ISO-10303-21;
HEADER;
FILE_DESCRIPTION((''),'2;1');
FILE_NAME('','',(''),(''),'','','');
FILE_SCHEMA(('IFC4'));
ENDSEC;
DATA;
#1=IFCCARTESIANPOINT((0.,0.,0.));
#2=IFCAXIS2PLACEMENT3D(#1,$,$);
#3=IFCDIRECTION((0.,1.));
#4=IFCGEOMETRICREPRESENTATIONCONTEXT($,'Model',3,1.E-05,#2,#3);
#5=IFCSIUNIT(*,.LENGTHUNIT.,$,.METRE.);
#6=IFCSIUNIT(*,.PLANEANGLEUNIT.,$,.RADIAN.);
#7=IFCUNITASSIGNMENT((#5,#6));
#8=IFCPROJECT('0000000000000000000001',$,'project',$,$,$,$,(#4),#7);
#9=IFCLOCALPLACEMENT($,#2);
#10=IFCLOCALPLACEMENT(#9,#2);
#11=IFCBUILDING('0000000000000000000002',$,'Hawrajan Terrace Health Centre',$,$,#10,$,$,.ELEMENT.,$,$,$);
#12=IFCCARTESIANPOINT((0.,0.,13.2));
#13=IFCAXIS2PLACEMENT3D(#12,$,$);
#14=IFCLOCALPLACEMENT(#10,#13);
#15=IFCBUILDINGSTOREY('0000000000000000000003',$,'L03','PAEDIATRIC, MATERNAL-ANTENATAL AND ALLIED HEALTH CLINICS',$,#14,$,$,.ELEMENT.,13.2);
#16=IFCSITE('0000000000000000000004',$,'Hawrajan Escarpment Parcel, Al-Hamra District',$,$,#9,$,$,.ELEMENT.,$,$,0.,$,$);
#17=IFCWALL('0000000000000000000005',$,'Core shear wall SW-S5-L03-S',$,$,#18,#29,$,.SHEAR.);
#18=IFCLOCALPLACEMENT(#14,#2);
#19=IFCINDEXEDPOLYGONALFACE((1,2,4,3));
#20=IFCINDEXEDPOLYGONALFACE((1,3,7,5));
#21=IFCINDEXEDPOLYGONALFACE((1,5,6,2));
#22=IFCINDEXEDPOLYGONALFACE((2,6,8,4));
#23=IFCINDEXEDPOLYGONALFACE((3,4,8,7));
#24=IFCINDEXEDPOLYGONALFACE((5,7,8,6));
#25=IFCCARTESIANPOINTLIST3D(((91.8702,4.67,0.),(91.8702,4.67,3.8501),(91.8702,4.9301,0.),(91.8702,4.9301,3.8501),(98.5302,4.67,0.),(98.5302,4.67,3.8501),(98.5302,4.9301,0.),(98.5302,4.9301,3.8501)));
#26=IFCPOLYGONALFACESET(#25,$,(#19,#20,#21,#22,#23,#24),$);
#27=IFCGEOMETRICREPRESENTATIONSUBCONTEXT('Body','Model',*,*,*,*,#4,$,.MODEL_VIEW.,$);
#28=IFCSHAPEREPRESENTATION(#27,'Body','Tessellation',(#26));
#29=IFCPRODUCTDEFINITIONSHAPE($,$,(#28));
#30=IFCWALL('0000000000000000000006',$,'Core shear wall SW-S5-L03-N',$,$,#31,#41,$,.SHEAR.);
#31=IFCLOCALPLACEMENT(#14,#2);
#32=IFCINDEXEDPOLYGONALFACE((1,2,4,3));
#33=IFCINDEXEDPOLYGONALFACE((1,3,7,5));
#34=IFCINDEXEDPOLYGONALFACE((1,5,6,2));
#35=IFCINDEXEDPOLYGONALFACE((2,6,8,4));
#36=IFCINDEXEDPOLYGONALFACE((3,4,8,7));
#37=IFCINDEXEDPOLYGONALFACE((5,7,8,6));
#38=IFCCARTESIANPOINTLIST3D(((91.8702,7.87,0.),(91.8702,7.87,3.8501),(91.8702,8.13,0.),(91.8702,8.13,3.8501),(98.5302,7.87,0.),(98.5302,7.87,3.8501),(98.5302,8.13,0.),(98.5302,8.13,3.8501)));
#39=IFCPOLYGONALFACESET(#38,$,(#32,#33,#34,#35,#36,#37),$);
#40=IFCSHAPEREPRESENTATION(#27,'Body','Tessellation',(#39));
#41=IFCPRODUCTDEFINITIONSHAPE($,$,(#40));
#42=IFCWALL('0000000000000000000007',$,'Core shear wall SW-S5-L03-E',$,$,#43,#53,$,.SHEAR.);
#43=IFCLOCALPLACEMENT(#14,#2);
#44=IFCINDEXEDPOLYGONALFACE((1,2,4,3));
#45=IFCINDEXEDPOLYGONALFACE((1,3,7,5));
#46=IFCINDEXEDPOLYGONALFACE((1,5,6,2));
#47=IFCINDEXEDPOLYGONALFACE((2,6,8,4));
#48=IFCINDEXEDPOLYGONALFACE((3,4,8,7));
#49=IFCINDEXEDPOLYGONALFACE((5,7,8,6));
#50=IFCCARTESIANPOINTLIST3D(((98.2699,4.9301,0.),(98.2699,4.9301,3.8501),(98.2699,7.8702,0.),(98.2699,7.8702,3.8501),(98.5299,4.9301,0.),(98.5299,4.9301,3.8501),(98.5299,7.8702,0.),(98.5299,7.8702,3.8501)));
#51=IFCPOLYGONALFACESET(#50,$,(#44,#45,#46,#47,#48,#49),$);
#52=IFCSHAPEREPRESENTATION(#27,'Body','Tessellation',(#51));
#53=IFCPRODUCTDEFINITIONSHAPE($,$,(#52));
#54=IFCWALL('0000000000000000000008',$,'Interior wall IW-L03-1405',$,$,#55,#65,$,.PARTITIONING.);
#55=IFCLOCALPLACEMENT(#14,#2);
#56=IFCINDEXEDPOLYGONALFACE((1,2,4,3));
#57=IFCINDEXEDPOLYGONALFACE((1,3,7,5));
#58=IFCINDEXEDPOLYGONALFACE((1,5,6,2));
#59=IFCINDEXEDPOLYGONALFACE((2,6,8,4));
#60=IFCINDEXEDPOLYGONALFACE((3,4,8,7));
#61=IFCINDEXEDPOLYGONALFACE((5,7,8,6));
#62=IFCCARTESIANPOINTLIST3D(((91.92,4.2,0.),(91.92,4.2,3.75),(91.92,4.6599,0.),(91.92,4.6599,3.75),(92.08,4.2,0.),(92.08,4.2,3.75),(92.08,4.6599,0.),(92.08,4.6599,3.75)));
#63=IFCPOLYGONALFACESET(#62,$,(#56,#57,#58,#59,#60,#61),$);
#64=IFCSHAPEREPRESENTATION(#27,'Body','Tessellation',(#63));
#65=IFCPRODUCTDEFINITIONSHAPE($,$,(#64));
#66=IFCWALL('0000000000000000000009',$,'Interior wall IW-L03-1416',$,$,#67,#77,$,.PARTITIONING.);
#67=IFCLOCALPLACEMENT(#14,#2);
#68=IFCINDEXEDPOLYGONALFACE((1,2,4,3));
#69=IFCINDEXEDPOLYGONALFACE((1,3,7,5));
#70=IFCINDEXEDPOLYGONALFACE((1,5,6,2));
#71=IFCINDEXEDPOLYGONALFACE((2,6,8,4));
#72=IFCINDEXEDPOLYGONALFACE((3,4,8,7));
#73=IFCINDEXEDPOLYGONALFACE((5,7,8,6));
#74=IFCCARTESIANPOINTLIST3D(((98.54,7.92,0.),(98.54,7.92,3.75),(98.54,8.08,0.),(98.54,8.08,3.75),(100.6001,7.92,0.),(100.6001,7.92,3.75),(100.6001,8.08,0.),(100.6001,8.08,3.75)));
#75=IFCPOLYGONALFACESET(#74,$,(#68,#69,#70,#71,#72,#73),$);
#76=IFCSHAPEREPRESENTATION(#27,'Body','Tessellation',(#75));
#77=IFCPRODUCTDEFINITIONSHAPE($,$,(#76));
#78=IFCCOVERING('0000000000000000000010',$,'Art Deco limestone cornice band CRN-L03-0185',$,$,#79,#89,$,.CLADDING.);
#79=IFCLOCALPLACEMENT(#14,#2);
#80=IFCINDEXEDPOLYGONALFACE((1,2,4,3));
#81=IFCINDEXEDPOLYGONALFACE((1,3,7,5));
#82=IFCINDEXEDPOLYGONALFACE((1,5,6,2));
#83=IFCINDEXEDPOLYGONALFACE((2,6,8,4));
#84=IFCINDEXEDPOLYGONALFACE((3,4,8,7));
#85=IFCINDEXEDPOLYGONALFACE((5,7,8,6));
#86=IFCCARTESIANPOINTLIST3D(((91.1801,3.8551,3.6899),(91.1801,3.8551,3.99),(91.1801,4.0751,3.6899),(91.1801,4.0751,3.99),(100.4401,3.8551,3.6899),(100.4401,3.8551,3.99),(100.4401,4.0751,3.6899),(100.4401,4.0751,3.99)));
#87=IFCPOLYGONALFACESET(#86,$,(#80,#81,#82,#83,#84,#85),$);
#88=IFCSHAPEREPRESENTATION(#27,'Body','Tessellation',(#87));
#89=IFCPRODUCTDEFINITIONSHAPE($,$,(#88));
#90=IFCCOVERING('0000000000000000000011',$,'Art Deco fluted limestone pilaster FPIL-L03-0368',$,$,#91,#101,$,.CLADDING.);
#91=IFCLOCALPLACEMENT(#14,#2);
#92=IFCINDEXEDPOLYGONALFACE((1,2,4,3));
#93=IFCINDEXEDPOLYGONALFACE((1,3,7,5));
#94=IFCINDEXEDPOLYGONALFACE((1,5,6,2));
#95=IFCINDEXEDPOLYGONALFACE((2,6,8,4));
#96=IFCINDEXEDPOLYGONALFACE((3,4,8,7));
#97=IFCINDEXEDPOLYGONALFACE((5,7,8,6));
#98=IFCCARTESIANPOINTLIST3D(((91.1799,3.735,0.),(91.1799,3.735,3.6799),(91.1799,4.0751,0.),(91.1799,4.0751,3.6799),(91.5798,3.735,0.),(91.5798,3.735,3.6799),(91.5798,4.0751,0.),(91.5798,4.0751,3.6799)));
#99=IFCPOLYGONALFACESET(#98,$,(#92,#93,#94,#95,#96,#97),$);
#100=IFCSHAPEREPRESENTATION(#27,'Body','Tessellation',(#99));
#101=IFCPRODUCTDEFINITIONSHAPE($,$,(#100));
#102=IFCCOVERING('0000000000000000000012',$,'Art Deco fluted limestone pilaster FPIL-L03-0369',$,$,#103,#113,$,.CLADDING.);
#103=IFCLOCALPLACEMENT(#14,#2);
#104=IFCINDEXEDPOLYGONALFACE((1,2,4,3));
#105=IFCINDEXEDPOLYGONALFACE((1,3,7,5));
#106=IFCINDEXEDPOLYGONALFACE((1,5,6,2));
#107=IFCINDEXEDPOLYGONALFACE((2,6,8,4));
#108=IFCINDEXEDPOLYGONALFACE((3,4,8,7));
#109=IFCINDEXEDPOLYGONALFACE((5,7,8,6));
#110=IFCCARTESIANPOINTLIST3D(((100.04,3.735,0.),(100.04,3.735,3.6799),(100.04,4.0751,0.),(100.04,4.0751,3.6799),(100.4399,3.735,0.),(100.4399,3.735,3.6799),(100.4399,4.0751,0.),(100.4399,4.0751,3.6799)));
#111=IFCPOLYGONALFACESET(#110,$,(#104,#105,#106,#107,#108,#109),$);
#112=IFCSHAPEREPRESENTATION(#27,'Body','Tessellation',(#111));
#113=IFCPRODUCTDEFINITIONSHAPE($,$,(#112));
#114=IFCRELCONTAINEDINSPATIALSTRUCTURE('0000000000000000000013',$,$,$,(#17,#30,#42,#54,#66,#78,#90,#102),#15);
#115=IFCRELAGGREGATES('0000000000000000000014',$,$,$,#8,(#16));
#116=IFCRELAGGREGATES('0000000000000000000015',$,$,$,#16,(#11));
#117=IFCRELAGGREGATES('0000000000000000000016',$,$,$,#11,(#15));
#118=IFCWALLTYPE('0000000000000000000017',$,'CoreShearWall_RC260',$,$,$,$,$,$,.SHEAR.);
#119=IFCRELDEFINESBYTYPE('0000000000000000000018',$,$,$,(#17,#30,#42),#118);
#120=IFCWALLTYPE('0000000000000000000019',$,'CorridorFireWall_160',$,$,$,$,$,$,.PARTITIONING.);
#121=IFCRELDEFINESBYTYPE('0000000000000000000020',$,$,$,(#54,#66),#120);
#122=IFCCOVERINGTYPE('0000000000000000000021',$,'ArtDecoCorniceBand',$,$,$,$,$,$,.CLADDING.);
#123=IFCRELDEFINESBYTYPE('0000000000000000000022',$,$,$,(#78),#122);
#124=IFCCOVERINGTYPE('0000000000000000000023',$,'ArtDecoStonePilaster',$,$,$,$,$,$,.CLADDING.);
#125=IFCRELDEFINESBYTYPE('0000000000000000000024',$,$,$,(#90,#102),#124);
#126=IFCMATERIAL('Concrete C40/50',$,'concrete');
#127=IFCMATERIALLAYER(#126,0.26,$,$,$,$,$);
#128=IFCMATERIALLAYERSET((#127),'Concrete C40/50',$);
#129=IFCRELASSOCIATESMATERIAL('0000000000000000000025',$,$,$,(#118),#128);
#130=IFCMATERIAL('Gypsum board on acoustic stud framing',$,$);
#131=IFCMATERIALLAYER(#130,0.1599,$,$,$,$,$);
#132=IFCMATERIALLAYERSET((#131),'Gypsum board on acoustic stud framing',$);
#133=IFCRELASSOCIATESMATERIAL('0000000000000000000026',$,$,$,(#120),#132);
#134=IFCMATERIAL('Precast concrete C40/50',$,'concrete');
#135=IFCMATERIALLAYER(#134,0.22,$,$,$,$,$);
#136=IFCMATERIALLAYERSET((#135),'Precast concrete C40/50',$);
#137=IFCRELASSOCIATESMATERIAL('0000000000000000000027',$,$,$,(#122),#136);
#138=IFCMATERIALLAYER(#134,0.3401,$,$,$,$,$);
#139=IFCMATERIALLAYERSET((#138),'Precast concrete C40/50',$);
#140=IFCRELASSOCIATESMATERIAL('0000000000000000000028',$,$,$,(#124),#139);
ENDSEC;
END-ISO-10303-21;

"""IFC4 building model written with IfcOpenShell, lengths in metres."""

from ifc_helpers import new_model, si_unit, direction, frame, frame_2d, origin, origin_2d, place, context, subcontext, project, spatial, rectangle, extrude, material, layer, layer_set, type_object, element, save


model = new_model("IFC4")

# Units and contexts
model_context = context("Model", 3, precision=1e-05, world=origin(), true_north=direction((0.0, 1.0)))
body_context = subcontext(model_context, "Body", "Model", "MODEL_VIEW")
ifc_project = project(units=[si_unit("LENGTHUNIT", "METRE"), si_unit("PLANEANGLEUNIT", "RADIAN")], contexts=[model_context])

# Site, building, storey
site_placement = place(None, origin())
site = spatial("IfcSite", under=ifc_project, at=site_placement, Name="Hawrajan Escarpment Parcel, Al-Hamra District", CompositionType="ELEMENT", RefElevation=0.0)
building_placement = place(site_placement, origin())
building = spatial("IfcBuilding", under=site, at=building_placement, Name="Hawrajan Terrace Health Centre", CompositionType="ELEMENT")
storey_placement = place(building_placement, frame((0.0, 0.0, 13.2)))
storey = spatial("IfcBuildingStorey", under=building, at=storey_placement, Name="L03", Description="PAEDIATRIC, MATERNAL-ANTENATAL AND ALLIED HEALTH CLINICS", CompositionType="ELEMENT", Elevation=13.2)

# Shared definitions
ifc_material_1 = material(Name="Gypsum board on acoustic stud framing")

# Walls
ifc_material_2 = material(Name="Concrete C40/50", Category="concrete")
ifc_layer_1 = layer(ifc_material_2, 0.26)
ifc_layer_set_1 = layer_set([ifc_layer_1], Name="Concrete C40/50")
wall_type_1 = type_object("IfcWallType", Name="CoreShearWall_RC260", PredefinedType="SHEAR", material=ifc_layer_set_1)
for number, where, z_axis, x_axis, name in (
    (1, (91.8701, 4.8, 0.0), (0.0, 0.0, 1.0), (1.0, 0.0, 0.0), "Core shear wall SW-S5-L03-S"),
    (2, (91.8701, 8.0, 0.0), (0.0, 0.0, 1.0), (1.0, 0.0, 0.0), "Core shear wall SW-S5-L03-N"),
):
    element("IfcWall", number, at=place(storey_placement, frame(where, z_axis=z_axis, x_axis=x_axis)), inside=storey, type_object=wall_type_1, Name=name, PredefinedType="SHEAR", context=body_context, shape_type="SweptSolid", body=[
        extrude(rectangle(XDim=6.6599, YDim=0.26, at=frame_2d((3.3301, 0.0))), origin(), (0.0, 0.0, 1.0), 3.8501),
    ])

# Walls
wall_1_placement = place(storey_placement, frame((98.3999, 4.9299, 0.0), z_axis=(0.0, 0.0, 1.0), x_axis=(0.0, 1.0, 0.0)))
element("IfcWall", 3, at=wall_1_placement, inside=storey, type_object=wall_type_1, Name="Core shear wall SW-S5-L03-E", PredefinedType="SHEAR", context=body_context, shape_type="SweptSolid", body=[
    extrude(rectangle(XDim=2.9402, YDim=0.26, at=frame_2d((1.4702, 0.0))), origin(), (0.0, 0.0, 1.0), 3.8501),
])
ifc_layer_2 = layer(ifc_material_1, 0.1599)
ifc_layer_set_2 = layer_set([ifc_layer_2], Name="Gypsum board on acoustic stud framing")
wall_type_2 = type_object("IfcWallType", Name="CorridorFireWall_160", PredefinedType="PARTITIONING", material=ifc_layer_set_2)
wall_2_placement = place(storey_placement, frame((92.0, 4.2, 0.0), z_axis=(0.0, 0.0, 1.0), x_axis=(0.0, 1.0, 0.0)))
element("IfcWall", 4, at=wall_2_placement, inside=storey, type_object=wall_type_2, Name="Interior wall IW-L03-1405", PredefinedType="PARTITIONING", context=body_context, shape_type="SweptSolid", body=[
    extrude(rectangle(XDim=0.46, YDim=0.1599, at=frame_2d((0.23, 0.0))), origin(), (0.0, 0.0, 1.0), 3.75),
])
wall_3_placement = place(storey_placement, frame((98.54, 8.0, 0.0), z_axis=(0.0, 0.0, 1.0), x_axis=(1.0, 0.0, 0.0)))
element("IfcWall", 5, at=wall_3_placement, inside=storey, type_object=wall_type_2, Name="Interior wall IW-L03-1416", PredefinedType="PARTITIONING", context=body_context, shape_type="SweptSolid", body=[
    extrude(rectangle(XDim=2.0601, YDim=0.1599, at=frame_2d((1.03, 0.0))), origin(), (0.0, 0.0, 1.0), 3.75),
])

# Coverings
ifc_material_3 = material(Name="Precast concrete C40/50", Category="concrete")
ifc_layer_3 = layer(ifc_material_3, 0.22)
ifc_layer_set_3 = layer_set([ifc_layer_3], Name="Precast concrete C40/50")
covering_type_1 = type_object("IfcCoveringType", Name="ArtDecoCorniceBand", PredefinedType="CLADDING", material=ifc_layer_set_3)
covering_placement = place(storey_placement, frame((95.8101, 3.9651, 3.6899), z_axis=(0.0, 0.0, 1.0), x_axis=(1.0, 0.0, 0.0)))
element("IfcCovering", 6, at=covering_placement, inside=storey, type_object=covering_type_1, Name="Art Deco limestone cornice band CRN-L03-0185", PredefinedType="CLADDING", context=body_context, shape_type="SweptSolid", body=[
    extrude(rectangle(XDim=9.26, YDim=0.22, at=origin_2d()), origin(), (0.0, 0.0, 1.0), 0.3),
])
ifc_layer_4 = layer(ifc_material_3, 0.3401)
ifc_layer_set_4 = layer_set([ifc_layer_4], Name="Precast concrete C40/50")
covering_type_2 = type_object("IfcCoveringType", Name="ArtDecoStonePilaster", PredefinedType="CLADDING", material=ifc_layer_set_4)
for number, where, z_axis, x_axis, name in (
    (7, (91.3799, 3.905, 0.0), (0.0, 0.0, 1.0), (1.0, 0.0, 0.0), "Art Deco fluted limestone pilaster FPIL-L03-0368"),
    (8, (100.24, 3.905, 0.0), (0.0, 0.0, 1.0), (1.0, 0.0, 0.0), "Art Deco fluted limestone pilaster FPIL-L03-0369"),
):
    element("IfcCovering", number, at=place(storey_placement, frame(where, z_axis=z_axis, x_axis=x_axis)), inside=storey, type_object=covering_type_2, Name=name, PredefinedType="CLADDING", context=body_context, shape_type="SweptSolid", body=[
        extrude(rectangle(XDim=0.3999, YDim=0.3401, at=origin_2d()), origin(), (0.0, 0.0, 1.0), 3.6799),
    ])

save(model, "model.ifc")
